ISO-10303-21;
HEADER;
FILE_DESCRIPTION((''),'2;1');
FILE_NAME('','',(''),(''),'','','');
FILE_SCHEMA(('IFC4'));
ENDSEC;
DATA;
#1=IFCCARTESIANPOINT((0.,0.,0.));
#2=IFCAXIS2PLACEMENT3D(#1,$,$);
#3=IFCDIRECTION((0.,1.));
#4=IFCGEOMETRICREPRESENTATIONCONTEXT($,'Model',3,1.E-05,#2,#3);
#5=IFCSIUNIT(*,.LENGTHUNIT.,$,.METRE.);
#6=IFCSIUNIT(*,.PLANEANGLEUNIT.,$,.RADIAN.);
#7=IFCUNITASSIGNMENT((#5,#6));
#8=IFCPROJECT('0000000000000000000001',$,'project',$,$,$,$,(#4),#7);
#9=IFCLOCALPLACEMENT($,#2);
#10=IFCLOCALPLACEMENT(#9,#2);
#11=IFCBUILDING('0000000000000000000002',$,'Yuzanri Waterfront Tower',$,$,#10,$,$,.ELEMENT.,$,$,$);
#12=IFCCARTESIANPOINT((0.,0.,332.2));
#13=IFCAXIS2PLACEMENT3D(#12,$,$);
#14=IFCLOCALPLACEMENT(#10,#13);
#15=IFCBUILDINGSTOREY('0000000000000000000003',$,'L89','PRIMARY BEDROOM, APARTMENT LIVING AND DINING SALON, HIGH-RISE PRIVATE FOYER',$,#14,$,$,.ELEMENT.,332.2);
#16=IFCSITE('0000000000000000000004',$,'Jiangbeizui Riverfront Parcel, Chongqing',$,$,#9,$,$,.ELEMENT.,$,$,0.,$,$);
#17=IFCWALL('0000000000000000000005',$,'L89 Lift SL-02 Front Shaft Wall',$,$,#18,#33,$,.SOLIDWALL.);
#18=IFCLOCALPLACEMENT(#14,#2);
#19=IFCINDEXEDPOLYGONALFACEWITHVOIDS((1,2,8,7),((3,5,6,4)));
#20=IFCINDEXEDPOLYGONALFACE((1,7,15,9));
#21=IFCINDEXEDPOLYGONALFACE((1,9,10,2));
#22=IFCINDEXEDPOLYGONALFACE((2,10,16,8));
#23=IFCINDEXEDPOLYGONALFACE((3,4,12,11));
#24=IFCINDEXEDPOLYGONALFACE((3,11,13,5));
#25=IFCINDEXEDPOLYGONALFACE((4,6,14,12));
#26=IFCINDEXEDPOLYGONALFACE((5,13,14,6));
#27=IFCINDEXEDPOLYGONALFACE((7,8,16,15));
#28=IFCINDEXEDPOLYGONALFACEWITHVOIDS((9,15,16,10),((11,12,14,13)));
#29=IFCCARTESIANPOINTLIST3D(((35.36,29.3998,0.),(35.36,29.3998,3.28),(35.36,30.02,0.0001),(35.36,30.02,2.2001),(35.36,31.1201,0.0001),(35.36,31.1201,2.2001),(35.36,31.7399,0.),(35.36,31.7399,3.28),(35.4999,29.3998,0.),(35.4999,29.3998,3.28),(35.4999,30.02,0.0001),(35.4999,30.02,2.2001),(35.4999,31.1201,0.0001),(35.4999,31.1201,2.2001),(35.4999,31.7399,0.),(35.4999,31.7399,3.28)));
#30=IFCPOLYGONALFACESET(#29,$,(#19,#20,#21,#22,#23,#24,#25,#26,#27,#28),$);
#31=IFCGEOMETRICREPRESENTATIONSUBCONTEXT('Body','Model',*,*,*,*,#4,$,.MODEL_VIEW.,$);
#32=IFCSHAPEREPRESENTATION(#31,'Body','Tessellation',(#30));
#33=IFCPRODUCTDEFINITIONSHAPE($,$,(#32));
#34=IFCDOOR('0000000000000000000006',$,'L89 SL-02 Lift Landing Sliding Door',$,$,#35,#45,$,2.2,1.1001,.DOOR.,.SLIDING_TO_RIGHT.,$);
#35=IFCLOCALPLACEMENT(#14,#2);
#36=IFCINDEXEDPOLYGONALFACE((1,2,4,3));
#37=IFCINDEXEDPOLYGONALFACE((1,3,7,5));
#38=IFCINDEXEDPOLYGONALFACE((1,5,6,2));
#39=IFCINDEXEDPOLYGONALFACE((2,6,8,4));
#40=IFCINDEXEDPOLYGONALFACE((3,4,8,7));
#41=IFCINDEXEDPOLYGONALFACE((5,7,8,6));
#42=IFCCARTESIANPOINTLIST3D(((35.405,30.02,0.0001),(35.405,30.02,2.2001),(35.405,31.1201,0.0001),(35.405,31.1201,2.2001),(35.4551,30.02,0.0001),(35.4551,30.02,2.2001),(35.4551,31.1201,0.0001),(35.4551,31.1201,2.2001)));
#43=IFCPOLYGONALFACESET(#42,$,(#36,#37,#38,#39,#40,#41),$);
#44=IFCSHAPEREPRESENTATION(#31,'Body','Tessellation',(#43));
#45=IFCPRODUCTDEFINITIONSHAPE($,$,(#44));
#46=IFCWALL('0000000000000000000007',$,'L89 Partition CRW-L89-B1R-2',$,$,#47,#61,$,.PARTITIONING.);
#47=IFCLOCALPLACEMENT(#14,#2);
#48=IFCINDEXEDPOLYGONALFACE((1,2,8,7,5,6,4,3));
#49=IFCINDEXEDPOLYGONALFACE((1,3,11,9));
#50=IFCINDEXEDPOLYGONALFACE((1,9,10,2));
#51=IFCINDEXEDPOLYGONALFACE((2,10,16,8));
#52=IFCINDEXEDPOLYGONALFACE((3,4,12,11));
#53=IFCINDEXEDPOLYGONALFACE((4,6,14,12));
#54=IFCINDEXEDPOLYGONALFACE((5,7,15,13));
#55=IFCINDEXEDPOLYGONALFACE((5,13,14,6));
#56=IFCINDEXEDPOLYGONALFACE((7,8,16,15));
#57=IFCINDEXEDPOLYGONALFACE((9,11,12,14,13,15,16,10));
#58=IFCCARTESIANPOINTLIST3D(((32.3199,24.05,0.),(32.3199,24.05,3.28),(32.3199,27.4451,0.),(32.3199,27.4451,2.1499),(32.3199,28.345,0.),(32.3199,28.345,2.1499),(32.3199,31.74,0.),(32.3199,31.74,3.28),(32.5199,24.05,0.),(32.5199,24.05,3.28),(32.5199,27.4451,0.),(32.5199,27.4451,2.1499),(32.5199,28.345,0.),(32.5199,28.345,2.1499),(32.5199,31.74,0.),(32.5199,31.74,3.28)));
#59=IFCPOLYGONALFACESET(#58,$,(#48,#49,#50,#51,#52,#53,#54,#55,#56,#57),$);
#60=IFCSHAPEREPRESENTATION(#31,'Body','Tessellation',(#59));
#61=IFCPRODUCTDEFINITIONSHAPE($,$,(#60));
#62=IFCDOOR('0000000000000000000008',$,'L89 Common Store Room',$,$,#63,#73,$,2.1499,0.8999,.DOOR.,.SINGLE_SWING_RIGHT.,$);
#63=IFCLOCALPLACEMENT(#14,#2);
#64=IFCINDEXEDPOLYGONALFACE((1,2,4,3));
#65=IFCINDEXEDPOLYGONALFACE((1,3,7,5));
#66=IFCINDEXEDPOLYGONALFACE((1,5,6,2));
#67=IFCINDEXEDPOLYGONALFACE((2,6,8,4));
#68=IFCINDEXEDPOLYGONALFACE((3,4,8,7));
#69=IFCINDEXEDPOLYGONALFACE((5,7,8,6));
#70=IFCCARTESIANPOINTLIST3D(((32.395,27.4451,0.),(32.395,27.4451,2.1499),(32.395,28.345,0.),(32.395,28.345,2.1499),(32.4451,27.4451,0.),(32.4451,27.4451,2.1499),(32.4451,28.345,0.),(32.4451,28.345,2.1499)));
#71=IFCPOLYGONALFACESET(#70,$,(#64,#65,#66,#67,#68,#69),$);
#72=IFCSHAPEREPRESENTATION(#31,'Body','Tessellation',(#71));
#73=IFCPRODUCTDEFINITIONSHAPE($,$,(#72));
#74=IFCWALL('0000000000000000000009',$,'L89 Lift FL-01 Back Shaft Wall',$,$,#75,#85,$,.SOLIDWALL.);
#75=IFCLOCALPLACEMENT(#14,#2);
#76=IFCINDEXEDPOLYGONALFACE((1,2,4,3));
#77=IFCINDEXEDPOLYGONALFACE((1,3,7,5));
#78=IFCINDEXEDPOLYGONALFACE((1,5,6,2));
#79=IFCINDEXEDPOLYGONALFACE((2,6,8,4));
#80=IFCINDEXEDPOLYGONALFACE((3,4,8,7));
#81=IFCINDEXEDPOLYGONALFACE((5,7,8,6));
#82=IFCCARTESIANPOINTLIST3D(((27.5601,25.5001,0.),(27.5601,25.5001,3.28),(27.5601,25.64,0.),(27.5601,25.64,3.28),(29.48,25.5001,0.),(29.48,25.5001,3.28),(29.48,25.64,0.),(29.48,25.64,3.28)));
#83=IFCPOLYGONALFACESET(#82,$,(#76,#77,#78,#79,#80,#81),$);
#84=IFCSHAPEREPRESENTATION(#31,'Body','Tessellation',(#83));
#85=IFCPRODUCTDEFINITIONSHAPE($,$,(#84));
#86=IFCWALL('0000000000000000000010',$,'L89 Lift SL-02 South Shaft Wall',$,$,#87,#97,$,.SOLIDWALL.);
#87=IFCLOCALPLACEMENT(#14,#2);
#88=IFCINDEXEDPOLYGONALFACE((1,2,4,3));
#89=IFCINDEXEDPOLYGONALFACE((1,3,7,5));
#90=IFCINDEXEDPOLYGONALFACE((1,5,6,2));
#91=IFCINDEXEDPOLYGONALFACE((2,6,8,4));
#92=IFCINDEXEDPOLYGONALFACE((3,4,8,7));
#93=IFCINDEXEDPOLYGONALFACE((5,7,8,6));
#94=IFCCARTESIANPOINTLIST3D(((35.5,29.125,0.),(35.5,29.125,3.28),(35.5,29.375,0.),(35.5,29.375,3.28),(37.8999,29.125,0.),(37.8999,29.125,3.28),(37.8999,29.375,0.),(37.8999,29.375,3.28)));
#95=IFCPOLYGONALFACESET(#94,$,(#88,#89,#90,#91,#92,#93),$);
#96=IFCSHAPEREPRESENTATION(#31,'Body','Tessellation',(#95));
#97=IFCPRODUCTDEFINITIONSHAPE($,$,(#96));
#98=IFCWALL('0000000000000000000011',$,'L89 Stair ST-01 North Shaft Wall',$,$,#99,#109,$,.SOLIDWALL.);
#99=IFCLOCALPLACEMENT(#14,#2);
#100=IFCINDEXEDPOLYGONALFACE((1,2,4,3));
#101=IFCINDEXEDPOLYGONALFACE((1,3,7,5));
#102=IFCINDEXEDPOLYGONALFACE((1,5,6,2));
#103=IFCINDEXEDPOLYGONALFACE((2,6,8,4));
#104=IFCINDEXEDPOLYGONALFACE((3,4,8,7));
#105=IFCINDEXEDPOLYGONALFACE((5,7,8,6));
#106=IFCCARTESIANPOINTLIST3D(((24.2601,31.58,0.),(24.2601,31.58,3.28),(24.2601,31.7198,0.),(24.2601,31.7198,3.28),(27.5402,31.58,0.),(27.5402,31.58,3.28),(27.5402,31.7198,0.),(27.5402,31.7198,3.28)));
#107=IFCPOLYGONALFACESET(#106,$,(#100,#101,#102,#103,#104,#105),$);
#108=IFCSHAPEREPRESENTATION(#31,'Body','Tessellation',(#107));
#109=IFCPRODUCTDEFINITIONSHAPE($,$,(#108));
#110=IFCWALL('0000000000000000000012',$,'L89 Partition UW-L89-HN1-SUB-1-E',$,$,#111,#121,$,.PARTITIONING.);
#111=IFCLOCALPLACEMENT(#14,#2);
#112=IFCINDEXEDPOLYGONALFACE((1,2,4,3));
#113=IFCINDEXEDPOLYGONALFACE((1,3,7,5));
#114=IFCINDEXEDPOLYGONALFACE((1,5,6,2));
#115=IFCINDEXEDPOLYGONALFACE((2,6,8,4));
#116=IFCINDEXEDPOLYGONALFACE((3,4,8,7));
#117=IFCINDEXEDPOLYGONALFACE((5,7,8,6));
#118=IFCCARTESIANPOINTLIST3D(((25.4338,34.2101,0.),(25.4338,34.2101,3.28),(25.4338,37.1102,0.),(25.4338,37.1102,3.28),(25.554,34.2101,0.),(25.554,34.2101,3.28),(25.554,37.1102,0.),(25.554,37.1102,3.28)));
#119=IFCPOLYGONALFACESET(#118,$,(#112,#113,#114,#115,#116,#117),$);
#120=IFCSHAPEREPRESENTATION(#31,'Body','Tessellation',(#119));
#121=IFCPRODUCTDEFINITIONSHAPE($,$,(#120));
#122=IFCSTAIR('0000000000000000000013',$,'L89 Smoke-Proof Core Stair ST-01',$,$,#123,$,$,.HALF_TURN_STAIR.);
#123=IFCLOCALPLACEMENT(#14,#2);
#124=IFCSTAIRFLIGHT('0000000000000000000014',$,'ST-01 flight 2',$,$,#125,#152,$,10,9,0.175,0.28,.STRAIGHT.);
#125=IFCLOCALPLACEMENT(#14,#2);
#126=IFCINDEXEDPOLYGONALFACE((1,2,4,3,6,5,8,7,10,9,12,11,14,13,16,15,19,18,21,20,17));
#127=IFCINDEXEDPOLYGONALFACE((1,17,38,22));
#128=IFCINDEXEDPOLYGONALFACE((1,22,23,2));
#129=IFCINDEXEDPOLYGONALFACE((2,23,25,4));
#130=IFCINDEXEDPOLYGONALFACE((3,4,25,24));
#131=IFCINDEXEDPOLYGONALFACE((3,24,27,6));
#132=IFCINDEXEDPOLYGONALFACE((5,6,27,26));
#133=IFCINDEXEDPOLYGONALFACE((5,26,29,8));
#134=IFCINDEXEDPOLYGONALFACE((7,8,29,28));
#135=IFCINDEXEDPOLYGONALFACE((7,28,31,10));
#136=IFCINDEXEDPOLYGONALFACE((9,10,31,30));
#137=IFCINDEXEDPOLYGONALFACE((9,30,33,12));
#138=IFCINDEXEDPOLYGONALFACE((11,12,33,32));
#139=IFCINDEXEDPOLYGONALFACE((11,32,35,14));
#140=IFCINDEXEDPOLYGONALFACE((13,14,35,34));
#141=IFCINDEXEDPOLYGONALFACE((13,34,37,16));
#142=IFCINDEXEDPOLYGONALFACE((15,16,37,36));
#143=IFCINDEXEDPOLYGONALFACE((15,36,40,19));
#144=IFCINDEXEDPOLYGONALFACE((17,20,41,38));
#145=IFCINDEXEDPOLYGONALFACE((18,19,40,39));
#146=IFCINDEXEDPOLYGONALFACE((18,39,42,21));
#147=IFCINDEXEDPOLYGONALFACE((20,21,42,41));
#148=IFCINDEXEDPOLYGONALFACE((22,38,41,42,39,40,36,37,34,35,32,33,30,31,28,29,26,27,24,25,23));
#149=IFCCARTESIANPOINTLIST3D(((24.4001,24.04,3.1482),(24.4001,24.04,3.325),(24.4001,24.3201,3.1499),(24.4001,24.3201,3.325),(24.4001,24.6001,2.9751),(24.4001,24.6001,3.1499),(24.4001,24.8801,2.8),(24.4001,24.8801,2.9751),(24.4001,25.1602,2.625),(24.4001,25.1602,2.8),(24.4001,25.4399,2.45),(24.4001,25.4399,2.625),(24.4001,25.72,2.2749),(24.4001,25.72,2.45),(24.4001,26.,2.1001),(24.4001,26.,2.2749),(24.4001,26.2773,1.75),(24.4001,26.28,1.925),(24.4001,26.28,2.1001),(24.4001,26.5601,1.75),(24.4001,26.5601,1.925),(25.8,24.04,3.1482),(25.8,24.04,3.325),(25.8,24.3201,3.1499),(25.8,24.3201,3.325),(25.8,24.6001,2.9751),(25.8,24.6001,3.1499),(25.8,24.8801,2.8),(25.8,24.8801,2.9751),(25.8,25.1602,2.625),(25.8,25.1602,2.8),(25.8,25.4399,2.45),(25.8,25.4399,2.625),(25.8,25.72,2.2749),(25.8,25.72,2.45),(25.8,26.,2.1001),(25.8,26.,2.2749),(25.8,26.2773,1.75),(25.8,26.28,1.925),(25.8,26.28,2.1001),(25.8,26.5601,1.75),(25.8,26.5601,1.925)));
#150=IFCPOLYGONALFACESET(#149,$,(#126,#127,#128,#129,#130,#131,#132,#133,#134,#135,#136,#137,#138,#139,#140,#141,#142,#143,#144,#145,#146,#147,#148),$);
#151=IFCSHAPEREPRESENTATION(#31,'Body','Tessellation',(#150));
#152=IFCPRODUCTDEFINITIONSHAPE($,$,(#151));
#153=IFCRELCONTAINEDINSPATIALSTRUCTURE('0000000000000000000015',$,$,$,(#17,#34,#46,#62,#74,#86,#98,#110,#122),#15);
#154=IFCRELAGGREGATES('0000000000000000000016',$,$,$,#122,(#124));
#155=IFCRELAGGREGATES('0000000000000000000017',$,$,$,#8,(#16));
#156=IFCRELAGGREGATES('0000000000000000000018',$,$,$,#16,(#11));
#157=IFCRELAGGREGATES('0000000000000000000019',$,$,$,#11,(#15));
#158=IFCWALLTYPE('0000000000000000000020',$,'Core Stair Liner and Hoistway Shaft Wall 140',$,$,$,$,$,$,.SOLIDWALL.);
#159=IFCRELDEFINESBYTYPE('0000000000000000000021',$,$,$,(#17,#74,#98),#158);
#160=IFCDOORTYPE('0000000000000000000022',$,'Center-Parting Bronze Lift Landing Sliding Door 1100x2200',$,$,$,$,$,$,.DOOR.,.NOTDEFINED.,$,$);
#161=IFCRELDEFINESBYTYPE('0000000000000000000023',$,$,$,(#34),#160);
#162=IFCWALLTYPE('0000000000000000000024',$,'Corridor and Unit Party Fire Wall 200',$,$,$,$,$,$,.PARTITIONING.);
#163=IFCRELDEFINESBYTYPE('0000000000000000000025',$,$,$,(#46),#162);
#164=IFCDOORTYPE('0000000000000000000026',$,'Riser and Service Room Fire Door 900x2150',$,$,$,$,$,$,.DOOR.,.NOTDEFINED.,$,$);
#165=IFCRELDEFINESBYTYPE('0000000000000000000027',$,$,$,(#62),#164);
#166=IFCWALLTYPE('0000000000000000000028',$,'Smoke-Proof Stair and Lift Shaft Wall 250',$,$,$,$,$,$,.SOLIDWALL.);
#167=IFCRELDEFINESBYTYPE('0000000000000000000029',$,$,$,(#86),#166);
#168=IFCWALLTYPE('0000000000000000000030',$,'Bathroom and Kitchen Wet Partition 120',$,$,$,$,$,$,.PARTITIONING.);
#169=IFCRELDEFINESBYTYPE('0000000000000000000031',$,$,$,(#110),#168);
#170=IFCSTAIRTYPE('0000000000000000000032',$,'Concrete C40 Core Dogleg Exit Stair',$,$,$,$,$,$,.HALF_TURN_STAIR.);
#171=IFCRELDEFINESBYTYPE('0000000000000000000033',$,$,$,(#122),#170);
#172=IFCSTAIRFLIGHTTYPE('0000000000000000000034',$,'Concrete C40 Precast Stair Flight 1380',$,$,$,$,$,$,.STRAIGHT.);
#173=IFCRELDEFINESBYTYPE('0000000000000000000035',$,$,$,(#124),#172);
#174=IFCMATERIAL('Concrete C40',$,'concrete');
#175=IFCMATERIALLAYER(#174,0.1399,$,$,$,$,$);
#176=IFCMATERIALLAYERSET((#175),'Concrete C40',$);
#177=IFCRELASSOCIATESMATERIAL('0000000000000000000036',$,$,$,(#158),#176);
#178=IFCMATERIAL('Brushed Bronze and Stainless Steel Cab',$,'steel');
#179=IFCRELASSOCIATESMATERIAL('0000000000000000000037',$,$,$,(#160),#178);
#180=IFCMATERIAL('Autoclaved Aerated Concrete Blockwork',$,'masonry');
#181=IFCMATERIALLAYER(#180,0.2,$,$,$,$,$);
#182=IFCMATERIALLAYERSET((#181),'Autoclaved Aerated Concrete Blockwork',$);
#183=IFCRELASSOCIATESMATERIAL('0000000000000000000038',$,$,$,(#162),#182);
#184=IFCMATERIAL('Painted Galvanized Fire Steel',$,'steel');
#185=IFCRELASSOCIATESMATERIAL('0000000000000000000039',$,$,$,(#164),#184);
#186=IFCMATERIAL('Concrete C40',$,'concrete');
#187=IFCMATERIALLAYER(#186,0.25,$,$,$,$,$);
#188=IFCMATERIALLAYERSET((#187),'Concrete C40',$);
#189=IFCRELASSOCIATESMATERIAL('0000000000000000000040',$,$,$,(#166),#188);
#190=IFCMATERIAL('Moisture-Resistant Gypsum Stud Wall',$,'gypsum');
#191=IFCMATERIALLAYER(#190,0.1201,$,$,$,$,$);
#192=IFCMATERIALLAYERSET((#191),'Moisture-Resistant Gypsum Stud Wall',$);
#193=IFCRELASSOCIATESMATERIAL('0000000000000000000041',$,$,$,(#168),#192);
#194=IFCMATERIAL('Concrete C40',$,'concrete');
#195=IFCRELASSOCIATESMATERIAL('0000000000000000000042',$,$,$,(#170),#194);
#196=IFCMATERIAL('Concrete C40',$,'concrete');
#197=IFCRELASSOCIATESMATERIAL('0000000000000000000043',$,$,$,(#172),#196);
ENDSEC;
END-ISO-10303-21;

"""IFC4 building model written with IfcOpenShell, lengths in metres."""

from ifc_helpers import new_model, si_unit, direction, frame, frame_2d, origin, place, context, subcontext, project, spatial, polyline, rectangle, outline, extrude, source, transform, mapped, material, layer, layer_set, type_object, element, fill, aggregate, save


model = new_model("IFC4")

# Units and contexts
model_context = context("Model", 3, precision=1e-05, world=origin(), true_north=direction((0.0, 1.0)))
body_context = subcontext(model_context, "Body", "Model", "MODEL_VIEW")
ifc_project = project(units=[si_unit("LENGTHUNIT", "METRE"), si_unit("PLANEANGLEUNIT", "RADIAN")], contexts=[model_context])

# Site, building, storey
site_placement = place(None, origin())
site = spatial("IfcSite", under=ifc_project, at=site_placement, Name="Jiangbeizui Riverfront Parcel, Chongqing", CompositionType="ELEMENT", RefElevation=0.0)
building_placement = place(site_placement, origin())
building = spatial("IfcBuilding", under=site, at=building_placement, Name="Yuzanri Waterfront Tower", CompositionType="ELEMENT")
storey_placement = place(building_placement, frame((0.0, 0.0, 332.2)))
storey = spatial("IfcBuildingStorey", under=building, at=storey_placement, Name="L89", Description="PRIMARY BEDROOM, APARTMENT LIVING AND DINING SALON, HIGH-RISE PRIVATE FOYER", CompositionType="ELEMENT", Elevation=332.2)

# Walls, openings, doors
ifc_material_1 = material(Name="Concrete C40", Category="concrete")
ifc_layer_1 = layer(ifc_material_1, 0.1399)
ifc_layer_set_1 = layer_set([ifc_layer_1], Name="Concrete C40")
wall_type_1 = type_object("IfcWallType", Name="Core Stair Liner and Hoistway Shaft Wall 140", PredefinedType="SOLIDWALL", material=ifc_layer_set_1)
wall_1_placement = place(storey_placement, frame((35.4299, 29.3999, 0.0), z_axis=(0.0, 0.0, 1.0), x_axis=(0.0, 1.0, 0.0)))
wall_1 = element("IfcWall", 1, at=wall_1_placement, inside=storey, type_object=wall_type_1, Name="L89 Lift SL-02 Front Shaft Wall", PredefinedType="SOLIDWALL", context=body_context, shape_type="SweptSolid", body=[
    extrude(rectangle(XDim=2.3401, YDim=0.1399, at=frame_2d((1.1699, 0.0))), origin(), (0.0, 0.0, 1.0), 3.28),
])
opening_1_placement = place(wall_1_placement, frame((0.6201, 0.0, 0.0)))
opening_1 = element("IfcOpeningElement", 2, at=opening_1_placement, cuts=wall_1, PredefinedType="OPENING", context=body_context, shape_type="SweptSolid", body=[
    extrude(rectangle(XDim=1.1001, YDim=2.2, at=frame_2d((0.55, 1.1001))), frame((0.0, 0.085, 0.0), z_axis=(0.0, -1.0, 0.0), x_axis=(1.0, 0.0, 0.0)), (0.0, 0.0, 1.0), 0.1697),
])
ifc_material_2 = material(Name="Brushed Bronze and Stainless Steel Cab", Category="steel")
door_type_1 = type_object("IfcDoorType", Name="Center-Parting Bronze Lift Landing Sliding Door 1100x2200", OperationType="NOTDEFINED", PredefinedType="DOOR", material=ifc_material_2)
shared_shape_1 = source(origin(), body_context, "Body", "SweptSolid", [
    extrude(rectangle(XDim=1.1001, YDim=2.2, at=frame_2d((0.55, 1.1001))), frame((0.0, 0.0249, 0.0), z_axis=(0.0, -1.0, 0.0), x_axis=(1.0, 0.0, 0.0)), (0.0, 0.0, 1.0), 0.05),
])
door_1_placement = place(opening_1_placement, origin())
door_1 = element("IfcDoor", 3, at=door_1_placement, inside=storey, type_object=door_type_1, Name="L89 SL-02 Lift Landing Sliding Door", OperationType="SLIDING_TO_RIGHT", OverallHeight=2.2, OverallWidth=1.1001, PredefinedType="DOOR", context=body_context, shape_type="MappedRepresentation", body=[
    mapped(shared_shape_1, transform((0.0, 0.0, 0.0), scale=1.0)),
])
fill(opening_1, door_1)
ifc_material_3 = material(Name="Autoclaved Aerated Concrete Blockwork", Category="masonry")
ifc_layer_2 = layer(ifc_material_3, 0.2)
ifc_layer_set_2 = layer_set([ifc_layer_2], Name="Autoclaved Aerated Concrete Blockwork")
wall_type_2 = type_object("IfcWallType", Name="Corridor and Unit Party Fire Wall 200", PredefinedType="PARTITIONING", material=ifc_layer_set_2)
ifc_material_4 = material(Name="Painted Galvanized Fire Steel", Category="steel")
door_type_2 = type_object("IfcDoorType", Name="Riser and Service Room Fire Door 900x2150", OperationType="NOTDEFINED", PredefinedType="DOOR", material=ifc_material_4)
shared_shape_2 = source(origin(), body_context, "Body", "SweptSolid", [
    extrude(rectangle(XDim=0.8999, YDim=2.1499, at=frame_2d((0.45, 1.075))), frame((0.0, 0.0249, 0.0), z_axis=(0.0, -1.0, 0.0), x_axis=(1.0, 0.0, 0.0)), (0.0, 0.0, 1.0), 0.05),
])
wall_2_placement = place(storey_placement, frame((32.4199, 24.05, 0.0), z_axis=(0.0, 0.0, 1.0), x_axis=(0.0, 1.0, 0.0)))
wall_2 = element("IfcWall", 4, at=wall_2_placement, inside=storey, type_object=wall_type_2, Name="L89 Partition CRW-L89-B1R-2", PredefinedType="PARTITIONING", context=body_context, shape_type="SweptSolid", body=[
    extrude(rectangle(XDim=7.6899, YDim=0.2, at=frame_2d((3.845, 0.0))), origin(), (0.0, 0.0, 1.0), 3.28),
])
opening_2_placement = place(wall_2_placement, frame((3.395, 0.0, 0.0)))
opening_2 = element("IfcOpeningElement", 5, at=opening_2_placement, cuts=wall_2, PredefinedType="OPENING", context=body_context, shape_type="SweptSolid", body=[
    extrude(rectangle(XDim=0.8999, YDim=2.1499, at=frame_2d((0.45, 1.075))), frame((0.0, 0.1147, 0.0), z_axis=(0.0, -1.0, 0.0), x_axis=(1.0, 0.0, 0.0)), (0.0, 0.0, 1.0), 0.2297),
])
door_2_placement = place(opening_2_placement, origin())
door_2 = element("IfcDoor", 6, at=door_2_placement, inside=storey, type_object=door_type_2, Name="L89 Common Store Room", OperationType="SINGLE_SWING_RIGHT", OverallHeight=2.1499, OverallWidth=0.8999, PredefinedType="DOOR", context=body_context, shape_type="MappedRepresentation", body=[
    mapped(shared_shape_2, transform((0.0, 0.0, 0.0), scale=1.0)),
])
fill(opening_2, door_2)

# Walls
shared_shape_3 = source(origin(), body_context, "Body", "SweptSolid", [
    extrude(rectangle(XDim=1.9199, YDim=0.1399, at=frame_2d((0.96, 0.0))), origin(), (0.0, 0.0, 1.0), 3.28),
])
wall_3_placement = place(storey_placement, frame((27.5601, 25.5701, 0.0), z_axis=(0.0, 0.0, 1.0), x_axis=(1.0, 0.0, 0.0)))
element("IfcWall", 7, at=wall_3_placement, inside=storey, type_object=wall_type_1, Name="L89 Lift FL-01 Back Shaft Wall", PredefinedType="SOLIDWALL", context=body_context, shape_type="MappedRepresentation", body=[
    mapped(shared_shape_3, transform((0.0, 0.0, 0.0), scale=1.0)),
])
ifc_material_5 = material(Name="Concrete C40", Category="concrete")
ifc_layer_3 = layer(ifc_material_5, 0.25)
ifc_layer_set_3 = layer_set([ifc_layer_3], Name="Concrete C40")
wall_type_3 = type_object("IfcWallType", Name="Smoke-Proof Stair and Lift Shaft Wall 250", PredefinedType="SOLIDWALL", material=ifc_layer_set_3)
shared_shape_4 = source(origin(), body_context, "Body", "SweptSolid", [
    extrude(rectangle(XDim=2.3999, YDim=0.25, at=frame_2d((1.2, 0.0))), origin(), (0.0, 0.0, 1.0), 3.28),
])
wall_4_placement = place(storey_placement, frame((35.5, 29.25, 0.0), z_axis=(0.0, 0.0, 1.0), x_axis=(1.0, 0.0, 0.0)))
element("IfcWall", 8, at=wall_4_placement, inside=storey, type_object=wall_type_3, Name="L89 Lift SL-02 South Shaft Wall", PredefinedType="SOLIDWALL", context=body_context, shape_type="MappedRepresentation", body=[
    mapped(shared_shape_4, transform((0.0, 0.0, 0.0), scale=1.0)),
])
shared_shape_5 = source(origin(), body_context, "Body", "SweptSolid", [
    extrude(rectangle(XDim=3.28, YDim=0.1399, at=frame_2d((1.6401, 0.0))), origin(), (0.0, 0.0, 1.0), 3.28),
])
wall_5_placement = place(storey_placement, frame((24.26, 31.6499, 0.0), z_axis=(0.0, 0.0, 1.0), x_axis=(1.0, 0.0, 0.0)))
element("IfcWall", 9, at=wall_5_placement, inside=storey, type_object=wall_type_1, Name="L89 Stair ST-01 North Shaft Wall", PredefinedType="SOLIDWALL", context=body_context, shape_type="MappedRepresentation", body=[
    mapped(shared_shape_5, transform((0.0, 0.0, 0.0), scale=1.0)),
])
ifc_material_6 = material(Name="Moisture-Resistant Gypsum Stud Wall", Category="gypsum")
ifc_layer_4 = layer(ifc_material_6, 0.1201)
ifc_layer_set_4 = layer_set([ifc_layer_4], Name="Moisture-Resistant Gypsum Stud Wall")
wall_type_4 = type_object("IfcWallType", Name="Bathroom and Kitchen Wet Partition 120", PredefinedType="PARTITIONING", material=ifc_layer_set_4)
shared_shape_6 = source(origin(), body_context, "Body", "SweptSolid", [
    extrude(rectangle(XDim=2.9001, YDim=0.1201, at=frame_2d((1.4502, 0.0))), origin(), (0.0, 0.0, 1.0), 3.28),
])
wall_6_placement = place(storey_placement, frame((25.4939, 34.21, 0.0), z_axis=(0.0, 0.0, 1.0), x_axis=(0.0, 1.0, 0.0)))
element("IfcWall", 10, at=wall_6_placement, inside=storey, type_object=wall_type_4, Name="L89 Partition UW-L89-HN1-SUB-1-E", PredefinedType="PARTITIONING", context=body_context, shape_type="MappedRepresentation", body=[
    mapped(shared_shape_6, transform((0.0, 0.0, 0.0), scale=1.0)),
])

# Stair, stair flight
ifc_material_7 = material(Name="Concrete C40", Category="concrete")
stair_type = type_object("IfcStairType", Name="Concrete C40 Core Dogleg Exit Stair", PredefinedType="HALF_TURN_STAIR", material=ifc_material_7)
stair_placement = place(storey_placement, origin())
stair = element("IfcStair", 11, at=stair_placement, inside=storey, type_object=stair_type, Name="L89 Smoke-Proof Core Stair ST-01", PredefinedType="HALF_TURN_STAIR")
ifc_material_8 = material(Name="Concrete C40", Category="concrete")
stair_flight_type = type_object("IfcStairFlightType", Name="Concrete C40 Precast Stair Flight 1380", PredefinedType="STRAIGHT", material=ifc_material_8)
shared_shape_7 = source(origin(), body_context, "Body", "SweptSolid", [
    extrude(outline(polyline([(0.0, 0.0), (0.0, 0.175), (0.28, 0.175), (0.28, 0.3501), (0.5601, 0.3501), (0.5601, 0.5249), (0.8401, 0.5249), (0.8401, 0.7), (1.1201, 0.7), (1.1201, 0.875), (1.3999, 0.875), (1.3999, 1.05), (1.6799, 1.05), (1.6799, 1.2251), (1.96, 1.2251), (1.96, 1.3999), (2.24, 1.3999), (2.24, 1.575), (2.52, 1.575), (2.52, 1.75), (2.52, 1.3982), (0.2827, 0.0), (0.0, 0.0)])), frame((0.0, 0.7, 0.0), z_axis=(0.0, -1.0, 0.0), x_axis=(1.0, 0.0, 0.0)), (0.0, 0.0, 1.0), 1.3999),
])
stair_flight_placement = place(storey_placement, frame((25.1001, 26.5601, 1.75), z_axis=(0.0, 0.0, 1.0), x_axis=(0.0, -1.0, 0.0)))
stair_flight = element("IfcStairFlight", 12, at=stair_flight_placement, type_object=stair_flight_type, Name="ST-01 flight 2", NumberOfRisers=10, NumberOfTreads=9, PredefinedType="STRAIGHT", RiserHeight=0.175, TreadLength=0.28, context=body_context, shape_type="MappedRepresentation", body=[
    mapped(shared_shape_7, transform((0.0, 0.0, 0.0), scale=1.0)),
])
aggregate(stair, [stair_flight])

save(model, "model.ifc")
